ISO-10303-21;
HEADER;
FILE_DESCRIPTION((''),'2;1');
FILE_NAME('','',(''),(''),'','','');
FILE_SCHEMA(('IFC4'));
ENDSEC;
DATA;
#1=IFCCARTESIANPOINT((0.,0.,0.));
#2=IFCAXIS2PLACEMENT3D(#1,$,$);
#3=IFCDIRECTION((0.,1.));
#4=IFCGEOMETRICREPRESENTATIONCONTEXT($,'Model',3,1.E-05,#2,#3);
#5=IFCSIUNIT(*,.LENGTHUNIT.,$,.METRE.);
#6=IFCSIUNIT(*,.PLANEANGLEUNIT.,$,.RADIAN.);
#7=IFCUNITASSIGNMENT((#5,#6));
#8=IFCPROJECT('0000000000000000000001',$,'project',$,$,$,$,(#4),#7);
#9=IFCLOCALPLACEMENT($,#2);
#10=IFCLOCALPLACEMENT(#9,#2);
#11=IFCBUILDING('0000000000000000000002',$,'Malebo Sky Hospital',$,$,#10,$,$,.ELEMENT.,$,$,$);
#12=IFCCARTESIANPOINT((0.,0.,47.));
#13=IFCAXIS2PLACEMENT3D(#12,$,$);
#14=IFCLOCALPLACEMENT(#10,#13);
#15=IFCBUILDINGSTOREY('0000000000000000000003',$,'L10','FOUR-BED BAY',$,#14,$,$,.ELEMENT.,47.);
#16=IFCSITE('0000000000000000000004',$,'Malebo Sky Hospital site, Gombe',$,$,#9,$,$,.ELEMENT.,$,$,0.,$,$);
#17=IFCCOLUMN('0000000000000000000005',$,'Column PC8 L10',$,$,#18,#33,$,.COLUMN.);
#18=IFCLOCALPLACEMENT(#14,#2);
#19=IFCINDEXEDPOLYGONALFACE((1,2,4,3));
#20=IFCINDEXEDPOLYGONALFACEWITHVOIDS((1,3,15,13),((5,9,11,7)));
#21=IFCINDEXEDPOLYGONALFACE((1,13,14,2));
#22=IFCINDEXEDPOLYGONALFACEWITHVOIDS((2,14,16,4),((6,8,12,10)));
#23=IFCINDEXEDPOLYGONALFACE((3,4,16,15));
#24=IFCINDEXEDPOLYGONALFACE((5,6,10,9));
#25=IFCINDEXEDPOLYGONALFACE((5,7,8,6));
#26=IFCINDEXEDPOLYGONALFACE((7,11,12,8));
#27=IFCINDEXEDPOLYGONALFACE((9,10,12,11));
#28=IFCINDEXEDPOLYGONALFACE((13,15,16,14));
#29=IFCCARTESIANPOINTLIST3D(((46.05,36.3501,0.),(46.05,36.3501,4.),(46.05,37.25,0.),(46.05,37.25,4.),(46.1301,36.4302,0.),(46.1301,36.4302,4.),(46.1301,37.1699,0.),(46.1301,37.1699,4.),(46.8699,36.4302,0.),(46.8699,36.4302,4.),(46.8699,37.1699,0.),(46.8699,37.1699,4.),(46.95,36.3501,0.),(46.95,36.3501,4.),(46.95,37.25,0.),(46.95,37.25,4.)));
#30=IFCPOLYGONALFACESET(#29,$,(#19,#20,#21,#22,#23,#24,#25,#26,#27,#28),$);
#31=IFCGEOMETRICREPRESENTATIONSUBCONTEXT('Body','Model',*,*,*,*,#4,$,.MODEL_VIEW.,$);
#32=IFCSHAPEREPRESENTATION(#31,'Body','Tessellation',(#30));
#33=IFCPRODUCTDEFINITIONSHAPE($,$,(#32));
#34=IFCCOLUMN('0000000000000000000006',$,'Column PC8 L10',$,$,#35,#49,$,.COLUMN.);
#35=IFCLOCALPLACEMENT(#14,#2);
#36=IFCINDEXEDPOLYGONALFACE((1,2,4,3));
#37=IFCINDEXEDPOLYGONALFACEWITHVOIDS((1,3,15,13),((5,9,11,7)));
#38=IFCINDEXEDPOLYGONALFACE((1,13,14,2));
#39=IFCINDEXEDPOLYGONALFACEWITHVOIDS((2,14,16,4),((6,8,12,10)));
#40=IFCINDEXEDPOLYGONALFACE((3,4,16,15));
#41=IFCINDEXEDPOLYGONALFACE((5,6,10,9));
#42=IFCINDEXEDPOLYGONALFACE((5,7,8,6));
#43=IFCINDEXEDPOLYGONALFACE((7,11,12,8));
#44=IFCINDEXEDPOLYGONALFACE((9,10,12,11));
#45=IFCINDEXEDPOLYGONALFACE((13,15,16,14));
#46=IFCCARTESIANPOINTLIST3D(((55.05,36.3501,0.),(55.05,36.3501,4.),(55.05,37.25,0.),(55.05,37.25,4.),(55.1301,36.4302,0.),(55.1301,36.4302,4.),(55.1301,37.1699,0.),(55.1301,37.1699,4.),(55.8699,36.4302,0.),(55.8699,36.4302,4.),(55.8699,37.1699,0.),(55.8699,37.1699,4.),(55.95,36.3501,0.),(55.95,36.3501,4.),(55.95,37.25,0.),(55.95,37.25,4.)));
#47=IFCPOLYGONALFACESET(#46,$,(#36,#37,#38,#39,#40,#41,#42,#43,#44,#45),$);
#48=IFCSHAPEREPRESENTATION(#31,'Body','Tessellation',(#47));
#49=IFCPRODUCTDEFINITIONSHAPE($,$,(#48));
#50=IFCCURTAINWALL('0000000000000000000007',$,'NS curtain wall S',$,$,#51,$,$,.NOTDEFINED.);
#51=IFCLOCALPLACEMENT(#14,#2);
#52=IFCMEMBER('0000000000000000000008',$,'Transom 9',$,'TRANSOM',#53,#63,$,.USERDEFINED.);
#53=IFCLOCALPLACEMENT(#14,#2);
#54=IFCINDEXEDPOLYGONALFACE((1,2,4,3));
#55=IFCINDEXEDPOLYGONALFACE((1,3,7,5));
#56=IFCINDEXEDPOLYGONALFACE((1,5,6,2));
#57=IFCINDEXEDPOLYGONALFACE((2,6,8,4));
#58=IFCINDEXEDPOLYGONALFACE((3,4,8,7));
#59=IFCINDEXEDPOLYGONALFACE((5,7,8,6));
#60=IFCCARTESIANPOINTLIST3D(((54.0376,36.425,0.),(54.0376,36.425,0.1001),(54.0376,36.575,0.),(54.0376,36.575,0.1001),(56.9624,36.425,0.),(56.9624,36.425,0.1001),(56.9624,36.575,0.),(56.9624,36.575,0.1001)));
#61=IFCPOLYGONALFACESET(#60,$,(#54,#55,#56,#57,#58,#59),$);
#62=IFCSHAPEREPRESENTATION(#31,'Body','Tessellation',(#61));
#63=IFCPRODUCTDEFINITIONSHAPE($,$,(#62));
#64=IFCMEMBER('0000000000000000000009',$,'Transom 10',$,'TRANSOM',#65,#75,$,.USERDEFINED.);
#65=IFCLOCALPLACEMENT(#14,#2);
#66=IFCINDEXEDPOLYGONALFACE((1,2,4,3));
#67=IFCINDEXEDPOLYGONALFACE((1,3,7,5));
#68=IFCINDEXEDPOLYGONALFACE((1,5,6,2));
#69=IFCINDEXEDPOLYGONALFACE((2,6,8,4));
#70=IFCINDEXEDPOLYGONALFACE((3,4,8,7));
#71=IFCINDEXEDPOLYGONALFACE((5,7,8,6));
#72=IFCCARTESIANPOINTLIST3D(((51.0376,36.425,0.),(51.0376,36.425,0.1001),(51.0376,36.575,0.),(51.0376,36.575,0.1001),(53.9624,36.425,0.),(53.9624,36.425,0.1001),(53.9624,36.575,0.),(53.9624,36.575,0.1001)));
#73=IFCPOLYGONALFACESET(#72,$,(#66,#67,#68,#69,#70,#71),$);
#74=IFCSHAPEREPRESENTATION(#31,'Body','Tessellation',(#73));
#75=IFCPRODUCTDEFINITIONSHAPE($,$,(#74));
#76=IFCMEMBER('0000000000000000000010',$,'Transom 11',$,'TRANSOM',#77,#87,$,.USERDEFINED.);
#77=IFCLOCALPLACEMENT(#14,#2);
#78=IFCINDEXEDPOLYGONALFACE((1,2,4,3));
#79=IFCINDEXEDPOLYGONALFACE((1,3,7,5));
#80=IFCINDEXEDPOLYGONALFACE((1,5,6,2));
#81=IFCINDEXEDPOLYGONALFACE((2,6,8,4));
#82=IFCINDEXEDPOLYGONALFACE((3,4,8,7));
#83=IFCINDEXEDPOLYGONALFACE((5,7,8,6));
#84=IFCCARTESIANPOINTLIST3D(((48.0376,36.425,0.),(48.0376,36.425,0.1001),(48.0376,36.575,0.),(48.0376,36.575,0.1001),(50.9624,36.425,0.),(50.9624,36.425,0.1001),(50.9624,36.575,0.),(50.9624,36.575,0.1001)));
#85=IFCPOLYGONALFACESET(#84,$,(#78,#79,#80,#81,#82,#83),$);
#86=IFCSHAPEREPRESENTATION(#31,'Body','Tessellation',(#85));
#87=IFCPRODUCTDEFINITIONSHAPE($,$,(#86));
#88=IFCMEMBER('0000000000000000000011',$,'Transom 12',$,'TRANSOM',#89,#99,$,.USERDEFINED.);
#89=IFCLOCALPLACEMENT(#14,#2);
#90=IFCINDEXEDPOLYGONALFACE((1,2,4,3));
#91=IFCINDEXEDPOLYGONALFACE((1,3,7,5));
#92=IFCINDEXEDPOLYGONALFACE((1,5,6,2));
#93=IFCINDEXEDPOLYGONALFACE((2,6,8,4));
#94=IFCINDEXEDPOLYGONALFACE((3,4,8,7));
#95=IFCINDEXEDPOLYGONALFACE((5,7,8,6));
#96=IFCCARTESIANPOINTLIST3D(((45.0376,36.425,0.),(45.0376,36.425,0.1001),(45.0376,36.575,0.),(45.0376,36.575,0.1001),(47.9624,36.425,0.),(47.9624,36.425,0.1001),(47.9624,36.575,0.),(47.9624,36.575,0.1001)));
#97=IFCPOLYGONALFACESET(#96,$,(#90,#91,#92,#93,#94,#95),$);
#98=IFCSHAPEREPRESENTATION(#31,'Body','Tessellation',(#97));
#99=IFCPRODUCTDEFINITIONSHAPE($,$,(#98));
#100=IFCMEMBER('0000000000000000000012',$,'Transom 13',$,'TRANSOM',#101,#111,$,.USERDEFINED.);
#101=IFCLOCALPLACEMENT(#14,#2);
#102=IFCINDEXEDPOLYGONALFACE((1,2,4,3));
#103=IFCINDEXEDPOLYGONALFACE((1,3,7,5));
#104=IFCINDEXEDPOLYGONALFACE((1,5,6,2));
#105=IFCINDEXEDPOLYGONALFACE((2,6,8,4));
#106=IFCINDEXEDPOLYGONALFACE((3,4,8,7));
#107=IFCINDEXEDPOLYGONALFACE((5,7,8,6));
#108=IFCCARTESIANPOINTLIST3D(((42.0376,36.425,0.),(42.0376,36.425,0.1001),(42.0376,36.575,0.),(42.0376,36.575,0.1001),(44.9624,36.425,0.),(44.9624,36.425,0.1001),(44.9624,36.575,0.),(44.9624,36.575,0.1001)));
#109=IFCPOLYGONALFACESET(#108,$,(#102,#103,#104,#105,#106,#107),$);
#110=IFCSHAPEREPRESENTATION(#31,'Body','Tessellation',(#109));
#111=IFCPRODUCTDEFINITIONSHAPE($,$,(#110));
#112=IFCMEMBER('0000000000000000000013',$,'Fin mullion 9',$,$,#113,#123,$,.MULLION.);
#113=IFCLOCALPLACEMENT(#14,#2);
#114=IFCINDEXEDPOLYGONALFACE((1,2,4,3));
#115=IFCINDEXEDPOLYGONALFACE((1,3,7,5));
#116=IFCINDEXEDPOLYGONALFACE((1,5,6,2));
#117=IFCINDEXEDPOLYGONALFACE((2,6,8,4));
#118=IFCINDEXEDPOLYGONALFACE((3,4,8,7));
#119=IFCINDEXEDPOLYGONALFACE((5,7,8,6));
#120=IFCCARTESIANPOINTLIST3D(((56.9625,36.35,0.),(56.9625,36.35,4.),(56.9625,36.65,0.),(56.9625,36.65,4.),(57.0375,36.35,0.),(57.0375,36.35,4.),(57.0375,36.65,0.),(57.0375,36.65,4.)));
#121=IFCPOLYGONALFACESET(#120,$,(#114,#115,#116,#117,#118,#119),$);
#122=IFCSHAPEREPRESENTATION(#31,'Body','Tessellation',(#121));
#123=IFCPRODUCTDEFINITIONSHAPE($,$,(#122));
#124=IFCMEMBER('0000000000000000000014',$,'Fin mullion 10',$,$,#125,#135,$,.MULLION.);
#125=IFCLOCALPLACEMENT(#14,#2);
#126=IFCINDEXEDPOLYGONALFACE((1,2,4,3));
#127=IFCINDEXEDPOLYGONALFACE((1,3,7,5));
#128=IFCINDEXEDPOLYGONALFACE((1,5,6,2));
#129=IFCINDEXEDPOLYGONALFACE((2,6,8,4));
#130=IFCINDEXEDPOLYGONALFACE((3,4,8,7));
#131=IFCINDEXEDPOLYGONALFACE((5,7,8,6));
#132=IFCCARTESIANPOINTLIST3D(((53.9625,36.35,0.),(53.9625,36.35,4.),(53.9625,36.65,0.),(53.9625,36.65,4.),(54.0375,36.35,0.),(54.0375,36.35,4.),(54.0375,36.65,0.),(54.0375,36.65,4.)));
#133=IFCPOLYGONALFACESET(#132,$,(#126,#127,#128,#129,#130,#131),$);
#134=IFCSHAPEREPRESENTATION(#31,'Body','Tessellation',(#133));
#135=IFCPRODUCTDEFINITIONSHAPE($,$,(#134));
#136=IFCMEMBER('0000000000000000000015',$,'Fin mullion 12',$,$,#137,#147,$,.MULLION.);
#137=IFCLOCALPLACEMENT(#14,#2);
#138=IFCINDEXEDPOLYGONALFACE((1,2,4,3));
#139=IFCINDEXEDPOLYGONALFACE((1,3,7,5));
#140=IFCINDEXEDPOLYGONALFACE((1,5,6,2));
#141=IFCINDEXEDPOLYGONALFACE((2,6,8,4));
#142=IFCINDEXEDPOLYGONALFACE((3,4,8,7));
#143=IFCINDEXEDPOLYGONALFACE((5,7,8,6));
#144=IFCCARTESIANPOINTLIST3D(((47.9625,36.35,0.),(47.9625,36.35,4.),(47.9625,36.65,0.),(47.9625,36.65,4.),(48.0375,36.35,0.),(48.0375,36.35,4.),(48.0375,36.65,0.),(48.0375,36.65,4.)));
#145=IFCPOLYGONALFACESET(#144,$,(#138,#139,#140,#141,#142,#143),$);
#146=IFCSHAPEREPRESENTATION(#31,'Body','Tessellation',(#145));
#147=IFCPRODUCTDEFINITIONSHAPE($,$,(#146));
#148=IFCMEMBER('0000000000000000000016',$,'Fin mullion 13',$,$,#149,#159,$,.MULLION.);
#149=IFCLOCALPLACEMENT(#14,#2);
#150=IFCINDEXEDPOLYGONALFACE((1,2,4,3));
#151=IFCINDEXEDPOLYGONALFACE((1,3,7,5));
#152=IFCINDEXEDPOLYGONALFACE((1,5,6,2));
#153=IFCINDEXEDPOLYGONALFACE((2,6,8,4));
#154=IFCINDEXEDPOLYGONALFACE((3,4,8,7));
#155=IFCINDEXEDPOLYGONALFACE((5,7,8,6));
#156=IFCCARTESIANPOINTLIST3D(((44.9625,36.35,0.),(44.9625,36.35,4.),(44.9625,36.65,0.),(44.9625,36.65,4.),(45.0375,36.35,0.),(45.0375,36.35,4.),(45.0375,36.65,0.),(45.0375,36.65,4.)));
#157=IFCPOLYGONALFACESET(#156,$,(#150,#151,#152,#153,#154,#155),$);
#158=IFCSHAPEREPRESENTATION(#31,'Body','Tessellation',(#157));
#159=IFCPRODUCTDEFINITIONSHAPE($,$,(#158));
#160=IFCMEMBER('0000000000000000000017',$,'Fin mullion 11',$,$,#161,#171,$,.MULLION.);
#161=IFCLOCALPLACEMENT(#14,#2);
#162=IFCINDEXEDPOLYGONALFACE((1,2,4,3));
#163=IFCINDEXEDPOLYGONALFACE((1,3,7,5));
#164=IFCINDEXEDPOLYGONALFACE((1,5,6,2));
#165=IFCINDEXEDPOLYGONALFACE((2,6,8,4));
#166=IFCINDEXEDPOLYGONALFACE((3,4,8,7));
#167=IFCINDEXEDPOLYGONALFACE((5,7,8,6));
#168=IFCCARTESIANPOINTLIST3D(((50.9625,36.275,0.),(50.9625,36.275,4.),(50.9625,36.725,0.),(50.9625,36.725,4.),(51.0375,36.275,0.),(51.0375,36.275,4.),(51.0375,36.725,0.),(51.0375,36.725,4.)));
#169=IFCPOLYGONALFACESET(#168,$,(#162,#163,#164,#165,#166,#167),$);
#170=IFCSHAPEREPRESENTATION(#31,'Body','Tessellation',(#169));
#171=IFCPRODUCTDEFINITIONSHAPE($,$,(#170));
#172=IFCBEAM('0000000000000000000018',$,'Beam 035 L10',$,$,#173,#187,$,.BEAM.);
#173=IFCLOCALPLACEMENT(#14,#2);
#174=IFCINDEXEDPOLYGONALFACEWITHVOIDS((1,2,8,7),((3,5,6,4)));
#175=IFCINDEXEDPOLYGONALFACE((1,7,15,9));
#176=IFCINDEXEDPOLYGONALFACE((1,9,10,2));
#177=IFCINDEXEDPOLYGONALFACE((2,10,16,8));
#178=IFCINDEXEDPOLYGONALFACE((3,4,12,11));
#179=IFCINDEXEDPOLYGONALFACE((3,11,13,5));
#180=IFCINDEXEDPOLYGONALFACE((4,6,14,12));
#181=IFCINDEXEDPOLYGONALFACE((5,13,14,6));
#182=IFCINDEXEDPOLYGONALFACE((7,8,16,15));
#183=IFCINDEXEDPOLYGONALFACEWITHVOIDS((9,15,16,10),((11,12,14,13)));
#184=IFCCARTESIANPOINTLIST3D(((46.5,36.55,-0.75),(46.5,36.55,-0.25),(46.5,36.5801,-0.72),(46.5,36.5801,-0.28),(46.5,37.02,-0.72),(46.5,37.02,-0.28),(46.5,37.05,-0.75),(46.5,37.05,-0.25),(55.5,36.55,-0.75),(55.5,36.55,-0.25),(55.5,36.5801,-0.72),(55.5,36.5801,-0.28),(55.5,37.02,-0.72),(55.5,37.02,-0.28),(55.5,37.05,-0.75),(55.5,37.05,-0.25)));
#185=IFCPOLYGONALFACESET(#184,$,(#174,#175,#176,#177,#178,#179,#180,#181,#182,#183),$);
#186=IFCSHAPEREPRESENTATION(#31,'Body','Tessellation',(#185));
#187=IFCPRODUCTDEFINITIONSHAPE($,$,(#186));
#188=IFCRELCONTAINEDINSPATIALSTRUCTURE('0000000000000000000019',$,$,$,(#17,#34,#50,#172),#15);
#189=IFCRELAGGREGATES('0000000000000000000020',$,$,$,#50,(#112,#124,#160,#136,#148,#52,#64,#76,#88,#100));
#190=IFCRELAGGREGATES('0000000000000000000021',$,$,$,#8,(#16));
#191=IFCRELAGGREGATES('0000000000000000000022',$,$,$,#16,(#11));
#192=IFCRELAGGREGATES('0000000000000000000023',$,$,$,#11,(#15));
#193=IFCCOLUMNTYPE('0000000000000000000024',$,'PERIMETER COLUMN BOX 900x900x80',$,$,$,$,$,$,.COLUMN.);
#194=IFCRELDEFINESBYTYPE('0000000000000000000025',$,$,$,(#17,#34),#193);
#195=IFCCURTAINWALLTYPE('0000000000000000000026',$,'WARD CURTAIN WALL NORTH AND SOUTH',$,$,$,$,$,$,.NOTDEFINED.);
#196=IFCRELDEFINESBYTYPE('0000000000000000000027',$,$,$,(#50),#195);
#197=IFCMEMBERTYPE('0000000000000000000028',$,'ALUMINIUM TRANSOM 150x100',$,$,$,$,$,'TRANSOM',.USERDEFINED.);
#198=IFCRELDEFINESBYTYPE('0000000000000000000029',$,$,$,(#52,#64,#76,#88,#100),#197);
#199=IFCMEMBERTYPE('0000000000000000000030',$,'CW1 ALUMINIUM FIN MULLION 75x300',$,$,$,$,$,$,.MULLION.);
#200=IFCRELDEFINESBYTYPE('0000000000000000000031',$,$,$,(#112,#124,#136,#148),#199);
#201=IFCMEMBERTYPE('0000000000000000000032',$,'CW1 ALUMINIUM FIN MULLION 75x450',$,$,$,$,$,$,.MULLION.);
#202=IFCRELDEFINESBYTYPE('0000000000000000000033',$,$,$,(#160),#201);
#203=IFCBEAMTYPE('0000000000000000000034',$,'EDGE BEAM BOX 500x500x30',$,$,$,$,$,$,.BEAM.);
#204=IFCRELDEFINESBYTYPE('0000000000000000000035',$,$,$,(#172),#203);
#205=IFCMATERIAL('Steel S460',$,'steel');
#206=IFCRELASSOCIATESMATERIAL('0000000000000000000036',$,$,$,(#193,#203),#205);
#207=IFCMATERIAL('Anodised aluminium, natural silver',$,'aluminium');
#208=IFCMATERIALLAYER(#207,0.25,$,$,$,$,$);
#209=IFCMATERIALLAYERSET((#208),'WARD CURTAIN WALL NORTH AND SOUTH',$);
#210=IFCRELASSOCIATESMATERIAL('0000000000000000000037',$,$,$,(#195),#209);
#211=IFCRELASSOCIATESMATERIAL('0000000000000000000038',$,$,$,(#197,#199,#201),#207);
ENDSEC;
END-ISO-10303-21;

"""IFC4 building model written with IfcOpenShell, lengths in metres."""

from ifc_helpers import new_model, si_unit, direction, frame, origin, origin_2d, place, context, subcontext, project, spatial, rectangle, hollow_rectangle, extrude, material, layer, layer_set, material_profile, profile_set, type_object, element, aggregate, save


model = new_model("IFC4")

# Units and contexts
model_context = context("Model", 3, precision=1e-05, world=origin(), true_north=direction((0.0, 1.0)))
body_context = subcontext(model_context, "Body", "Model", "MODEL_VIEW")
ifc_project = project(units=[si_unit("LENGTHUNIT", "METRE"), si_unit("PLANEANGLEUNIT", "RADIAN")], contexts=[model_context])

# Site, building, storey
site_placement = place(None, origin())
site = spatial("IfcSite", under=ifc_project, at=site_placement, Name="Malebo Sky Hospital site, Gombe", CompositionType="ELEMENT", RefElevation=0.0)
building_placement = place(site_placement, origin())
building = spatial("IfcBuilding", under=site, at=building_placement, Name="Malebo Sky Hospital", CompositionType="ELEMENT")
storey_placement = place(building_placement, frame((0.0, 0.0, 47.0)))
storey = spatial("IfcBuildingStorey", under=building, at=storey_placement, Name="L10", Description="FOUR-BED BAY", CompositionType="ELEMENT", Elevation=47.0)

# Columns
ifc_material_1 = material(Name="Steel S460", Category="steel")
ifc_material_profile_1 = material_profile(ifc_material_1, hollow_rectangle(XDim=0.8999, YDim=0.8999, WallThickness=0.0801, at=origin_2d()), Name="BOX 900x900x80")
ifc_profile_set_1 = profile_set([ifc_material_profile_1], Name="Steel S460")
column_type = type_object("IfcColumnType", Name="PERIMETER COLUMN BOX 900x900x80", PredefinedType="COLUMN", material=ifc_profile_set_1)
for number, where, z_axis, x_axis, name in (
    (1, (46.5, 36.8, 0.0), (0.0, 0.0, 1.0), (1.0, 0.0, 0.0), "Column PC8 L10"),
    (2, (55.5, 36.8, 0.0), (0.0, 0.0, 1.0), (1.0, 0.0, 0.0), "Column PC8 L10"),
):
    element("IfcColumn", number, at=place(storey_placement, frame(where, z_axis=z_axis, x_axis=x_axis)), inside=storey, type_object=column_type, Name=name, PredefinedType="COLUMN", context=body_context, shape_type="SweptSolid", body=[
        extrude(hollow_rectangle(XDim=0.8999, YDim=0.8999, WallThickness=0.0801, at=origin_2d()), origin(), (0.0, 0.0, 1.0), 4.0),
    ])

# Curtain wall, members
ifc_material_2 = material(Name="Anodised aluminium, natural silver", Category="aluminium")
ifc_layer_1 = layer(ifc_material_2, 0.25)
ifc_layer_set_1 = layer_set([ifc_layer_1], Name="WARD CURTAIN WALL NORTH AND SOUTH")
curtain_wall_type = type_object("IfcCurtainWallType", Name="WARD CURTAIN WALL NORTH AND SOUTH", PredefinedType="NOTDEFINED", material=ifc_layer_set_1)
curtain_wall_placement = place(storey_placement, origin())
curtain_wall = element("IfcCurtainWall", 3, at=curtain_wall_placement, inside=storey, type_object=curtain_wall_type, Name="NS curtain wall S", PredefinedType="NOTDEFINED")
ifc_material_profile_2 = material_profile(ifc_material_2, rectangle(XDim=0.1499, YDim=0.1001, at=origin_2d()), Name="ALUMINIUM TRANSOM 150x100")
ifc_profile_set_2 = profile_set([ifc_material_profile_2], Name="Anodised aluminium, natural silver")
member_type_1 = type_object("IfcMemberType", Name="ALUMINIUM TRANSOM 150x100", ElementType="TRANSOM", PredefinedType="USERDEFINED", material=ifc_profile_set_2)
member_1_placement = place(storey_placement, frame((56.9624, 36.5, 0.05), z_axis=(-1.0, 0.0, 0.0), x_axis=(0.0, -1.0, 0.0)))
member_1 = element("IfcMember", 4, at=member_1_placement, type_object=member_type_1, Name="Transom 9", ObjectType="TRANSOM", PredefinedType="USERDEFINED", context=body_context, shape_type="SweptSolid", body=[
    extrude(rectangle(XDim=0.1499, YDim=0.1001, at=origin_2d()), origin(), (0.0, 0.0, 1.0), 2.9248),
])
member_2_placement = place(storey_placement, frame((53.9624, 36.5, 0.05), z_axis=(-1.0, 0.0, 0.0), x_axis=(0.0, -1.0, 0.0)))
member_2 = element("IfcMember", 5, at=member_2_placement, type_object=member_type_1, Name="Transom 10", ObjectType="TRANSOM", PredefinedType="USERDEFINED", context=body_context, shape_type="SweptSolid", body=[
    extrude(rectangle(XDim=0.1499, YDim=0.1001, at=origin_2d()), origin(), (0.0, 0.0, 1.0), 2.9248),
])
member_3_placement = place(storey_placement, frame((50.9624, 36.5, 0.05), z_axis=(-1.0, 0.0, 0.0), x_axis=(0.0, -1.0, 0.0)))
member_3 = element("IfcMember", 6, at=member_3_placement, type_object=member_type_1, Name="Transom 11", ObjectType="TRANSOM", PredefinedType="USERDEFINED", context=body_context, shape_type="SweptSolid", body=[
    extrude(rectangle(XDim=0.1499, YDim=0.1001, at=origin_2d()), origin(), (0.0, 0.0, 1.0), 2.9248),
])
member_4_placement = place(storey_placement, frame((47.9624, 36.5, 0.05), z_axis=(-1.0, 0.0, 0.0), x_axis=(0.0, -1.0, 0.0)))
member_4 = element("IfcMember", 7, at=member_4_placement, type_object=member_type_1, Name="Transom 12", ObjectType="TRANSOM", PredefinedType="USERDEFINED", context=body_context, shape_type="SweptSolid", body=[
    extrude(rectangle(XDim=0.1499, YDim=0.1001, at=origin_2d()), origin(), (0.0, 0.0, 1.0), 2.9248),
])
member_5_placement = place(storey_placement, frame((44.9624, 36.5, 0.05), z_axis=(-1.0, 0.0, 0.0), x_axis=(0.0, -1.0, 0.0)))
member_5 = element("IfcMember", 8, at=member_5_placement, type_object=member_type_1, Name="Transom 13", ObjectType="TRANSOM", PredefinedType="USERDEFINED", context=body_context, shape_type="SweptSolid", body=[
    extrude(rectangle(XDim=0.1499, YDim=0.1001, at=origin_2d()), origin(), (0.0, 0.0, 1.0), 2.9248),
])
ifc_material_profile_3 = material_profile(ifc_material_2, rectangle(XDim=0.075, YDim=0.3, at=origin_2d()), Name="CW1 ALUMINIUM FIN MULLION 75x300")
ifc_profile_set_3 = profile_set([ifc_material_profile_3], Name="Anodised aluminium, natural silver")
member_type_2 = type_object("IfcMemberType", Name="CW1 ALUMINIUM FIN MULLION 75x300", PredefinedType="MULLION", material=ifc_profile_set_3)
member_6_placement = place(storey_placement, frame((57.0, 36.5, 0.0), z_axis=(0.0, 0.0, 1.0), x_axis=(-1.0, 0.0, 0.0)))
member_6 = element("IfcMember", 9, at=member_6_placement, type_object=member_type_2, Name="Fin mullion 9", PredefinedType="MULLION", context=body_context, shape_type="SweptSolid", body=[
    extrude(rectangle(XDim=0.075, YDim=0.3, at=origin_2d()), origin(), (0.0, 0.0, 1.0), 4.0),
])
member_7_placement = place(storey_placement, frame((54.0, 36.5, 0.0), z_axis=(0.0, 0.0, 1.0), x_axis=(-1.0, 0.0, 0.0)))
member_7 = element("IfcMember", 10, at=member_7_placement, type_object=member_type_2, Name="Fin mullion 10", PredefinedType="MULLION", context=body_context, shape_type="SweptSolid", body=[
    extrude(rectangle(XDim=0.075, YDim=0.3, at=origin_2d()), origin(), (0.0, 0.0, 1.0), 4.0),
])
member_8_placement = place(storey_placement, frame((48.0, 36.5, 0.0), z_axis=(0.0, 0.0, 1.0), x_axis=(-1.0, 0.0, 0.0)))
member_8 = element("IfcMember", 11, at=member_8_placement, type_object=member_type_2, Name="Fin mullion 12", PredefinedType="MULLION", context=body_context, shape_type="SweptSolid", body=[
    extrude(rectangle(XDim=0.075, YDim=0.3, at=origin_2d()), origin(), (0.0, 0.0, 1.0), 4.0),
])
member_9_placement = place(storey_placement, frame((45.0, 36.5, 0.0), z_axis=(0.0, 0.0, 1.0), x_axis=(-1.0, 0.0, 0.0)))
member_9 = element("IfcMember", 12, at=member_9_placement, type_object=member_type_2, Name="Fin mullion 13", PredefinedType="MULLION", context=body_context, shape_type="SweptSolid", body=[
    extrude(rectangle(XDim=0.075, YDim=0.3, at=origin_2d()), origin(), (0.0, 0.0, 1.0), 4.0),
])
ifc_material_profile_4 = material_profile(ifc_material_2, rectangle(XDim=0.075, YDim=0.45, at=origin_2d()), Name="CW1 ALUMINIUM FIN MULLION 75x450")
ifc_profile_set_4 = profile_set([ifc_material_profile_4], Name="Anodised aluminium, natural silver")
member_type_3 = type_object("IfcMemberType", Name="CW1 ALUMINIUM FIN MULLION 75x450", PredefinedType="MULLION", material=ifc_profile_set_4)
member_10_placement = place(storey_placement, frame((51.0, 36.5, 0.0), z_axis=(0.0, 0.0, 1.0), x_axis=(-1.0, 0.0, 0.0)))
member_10 = element("IfcMember", 13, at=member_10_placement, type_object=member_type_3, Name="Fin mullion 11", PredefinedType="MULLION", context=body_context, shape_type="SweptSolid", body=[
    extrude(rectangle(XDim=0.075, YDim=0.45, at=origin_2d()), origin(), (0.0, 0.0, 1.0), 4.0),
])

# Beam
ifc_material_profile_5 = material_profile(ifc_material_1, hollow_rectangle(XDim=0.5, YDim=0.5, WallThickness=0.03, at=origin_2d()), Name="BOX 500x500x30")
ifc_profile_set_5 = profile_set([ifc_material_profile_5], Name="Steel S460")
beam_type_1 = type_object("IfcBeamType", Name="EDGE BEAM BOX 500x500x30", PredefinedType="BEAM", material=ifc_profile_set_5)
for number, where, z_axis, x_axis, name in (
    (14, (46.5, 36.8, -0.5), (1.0, 0.0, 0.0), (0.0, 1.0, 0.0), "Beam 035 L10"),
):
    element("IfcBeam", number, at=place(storey_placement, frame(where, z_axis=z_axis, x_axis=x_axis)), inside=storey, type_object=beam_type_1, Name=name, PredefinedType="BEAM", context=body_context, shape_type="SweptSolid", body=[
        extrude(hollow_rectangle(XDim=0.5, YDim=0.5, WallThickness=0.03, at=origin_2d()), origin(), (0.0, 0.0, 1.0), 9.0),
    ])

aggregate(curtain_wall, [member_6, member_7, member_10, member_8, member_9, member_1, member_2, member_3, member_4, member_5])

save(model, "model.ifc")
